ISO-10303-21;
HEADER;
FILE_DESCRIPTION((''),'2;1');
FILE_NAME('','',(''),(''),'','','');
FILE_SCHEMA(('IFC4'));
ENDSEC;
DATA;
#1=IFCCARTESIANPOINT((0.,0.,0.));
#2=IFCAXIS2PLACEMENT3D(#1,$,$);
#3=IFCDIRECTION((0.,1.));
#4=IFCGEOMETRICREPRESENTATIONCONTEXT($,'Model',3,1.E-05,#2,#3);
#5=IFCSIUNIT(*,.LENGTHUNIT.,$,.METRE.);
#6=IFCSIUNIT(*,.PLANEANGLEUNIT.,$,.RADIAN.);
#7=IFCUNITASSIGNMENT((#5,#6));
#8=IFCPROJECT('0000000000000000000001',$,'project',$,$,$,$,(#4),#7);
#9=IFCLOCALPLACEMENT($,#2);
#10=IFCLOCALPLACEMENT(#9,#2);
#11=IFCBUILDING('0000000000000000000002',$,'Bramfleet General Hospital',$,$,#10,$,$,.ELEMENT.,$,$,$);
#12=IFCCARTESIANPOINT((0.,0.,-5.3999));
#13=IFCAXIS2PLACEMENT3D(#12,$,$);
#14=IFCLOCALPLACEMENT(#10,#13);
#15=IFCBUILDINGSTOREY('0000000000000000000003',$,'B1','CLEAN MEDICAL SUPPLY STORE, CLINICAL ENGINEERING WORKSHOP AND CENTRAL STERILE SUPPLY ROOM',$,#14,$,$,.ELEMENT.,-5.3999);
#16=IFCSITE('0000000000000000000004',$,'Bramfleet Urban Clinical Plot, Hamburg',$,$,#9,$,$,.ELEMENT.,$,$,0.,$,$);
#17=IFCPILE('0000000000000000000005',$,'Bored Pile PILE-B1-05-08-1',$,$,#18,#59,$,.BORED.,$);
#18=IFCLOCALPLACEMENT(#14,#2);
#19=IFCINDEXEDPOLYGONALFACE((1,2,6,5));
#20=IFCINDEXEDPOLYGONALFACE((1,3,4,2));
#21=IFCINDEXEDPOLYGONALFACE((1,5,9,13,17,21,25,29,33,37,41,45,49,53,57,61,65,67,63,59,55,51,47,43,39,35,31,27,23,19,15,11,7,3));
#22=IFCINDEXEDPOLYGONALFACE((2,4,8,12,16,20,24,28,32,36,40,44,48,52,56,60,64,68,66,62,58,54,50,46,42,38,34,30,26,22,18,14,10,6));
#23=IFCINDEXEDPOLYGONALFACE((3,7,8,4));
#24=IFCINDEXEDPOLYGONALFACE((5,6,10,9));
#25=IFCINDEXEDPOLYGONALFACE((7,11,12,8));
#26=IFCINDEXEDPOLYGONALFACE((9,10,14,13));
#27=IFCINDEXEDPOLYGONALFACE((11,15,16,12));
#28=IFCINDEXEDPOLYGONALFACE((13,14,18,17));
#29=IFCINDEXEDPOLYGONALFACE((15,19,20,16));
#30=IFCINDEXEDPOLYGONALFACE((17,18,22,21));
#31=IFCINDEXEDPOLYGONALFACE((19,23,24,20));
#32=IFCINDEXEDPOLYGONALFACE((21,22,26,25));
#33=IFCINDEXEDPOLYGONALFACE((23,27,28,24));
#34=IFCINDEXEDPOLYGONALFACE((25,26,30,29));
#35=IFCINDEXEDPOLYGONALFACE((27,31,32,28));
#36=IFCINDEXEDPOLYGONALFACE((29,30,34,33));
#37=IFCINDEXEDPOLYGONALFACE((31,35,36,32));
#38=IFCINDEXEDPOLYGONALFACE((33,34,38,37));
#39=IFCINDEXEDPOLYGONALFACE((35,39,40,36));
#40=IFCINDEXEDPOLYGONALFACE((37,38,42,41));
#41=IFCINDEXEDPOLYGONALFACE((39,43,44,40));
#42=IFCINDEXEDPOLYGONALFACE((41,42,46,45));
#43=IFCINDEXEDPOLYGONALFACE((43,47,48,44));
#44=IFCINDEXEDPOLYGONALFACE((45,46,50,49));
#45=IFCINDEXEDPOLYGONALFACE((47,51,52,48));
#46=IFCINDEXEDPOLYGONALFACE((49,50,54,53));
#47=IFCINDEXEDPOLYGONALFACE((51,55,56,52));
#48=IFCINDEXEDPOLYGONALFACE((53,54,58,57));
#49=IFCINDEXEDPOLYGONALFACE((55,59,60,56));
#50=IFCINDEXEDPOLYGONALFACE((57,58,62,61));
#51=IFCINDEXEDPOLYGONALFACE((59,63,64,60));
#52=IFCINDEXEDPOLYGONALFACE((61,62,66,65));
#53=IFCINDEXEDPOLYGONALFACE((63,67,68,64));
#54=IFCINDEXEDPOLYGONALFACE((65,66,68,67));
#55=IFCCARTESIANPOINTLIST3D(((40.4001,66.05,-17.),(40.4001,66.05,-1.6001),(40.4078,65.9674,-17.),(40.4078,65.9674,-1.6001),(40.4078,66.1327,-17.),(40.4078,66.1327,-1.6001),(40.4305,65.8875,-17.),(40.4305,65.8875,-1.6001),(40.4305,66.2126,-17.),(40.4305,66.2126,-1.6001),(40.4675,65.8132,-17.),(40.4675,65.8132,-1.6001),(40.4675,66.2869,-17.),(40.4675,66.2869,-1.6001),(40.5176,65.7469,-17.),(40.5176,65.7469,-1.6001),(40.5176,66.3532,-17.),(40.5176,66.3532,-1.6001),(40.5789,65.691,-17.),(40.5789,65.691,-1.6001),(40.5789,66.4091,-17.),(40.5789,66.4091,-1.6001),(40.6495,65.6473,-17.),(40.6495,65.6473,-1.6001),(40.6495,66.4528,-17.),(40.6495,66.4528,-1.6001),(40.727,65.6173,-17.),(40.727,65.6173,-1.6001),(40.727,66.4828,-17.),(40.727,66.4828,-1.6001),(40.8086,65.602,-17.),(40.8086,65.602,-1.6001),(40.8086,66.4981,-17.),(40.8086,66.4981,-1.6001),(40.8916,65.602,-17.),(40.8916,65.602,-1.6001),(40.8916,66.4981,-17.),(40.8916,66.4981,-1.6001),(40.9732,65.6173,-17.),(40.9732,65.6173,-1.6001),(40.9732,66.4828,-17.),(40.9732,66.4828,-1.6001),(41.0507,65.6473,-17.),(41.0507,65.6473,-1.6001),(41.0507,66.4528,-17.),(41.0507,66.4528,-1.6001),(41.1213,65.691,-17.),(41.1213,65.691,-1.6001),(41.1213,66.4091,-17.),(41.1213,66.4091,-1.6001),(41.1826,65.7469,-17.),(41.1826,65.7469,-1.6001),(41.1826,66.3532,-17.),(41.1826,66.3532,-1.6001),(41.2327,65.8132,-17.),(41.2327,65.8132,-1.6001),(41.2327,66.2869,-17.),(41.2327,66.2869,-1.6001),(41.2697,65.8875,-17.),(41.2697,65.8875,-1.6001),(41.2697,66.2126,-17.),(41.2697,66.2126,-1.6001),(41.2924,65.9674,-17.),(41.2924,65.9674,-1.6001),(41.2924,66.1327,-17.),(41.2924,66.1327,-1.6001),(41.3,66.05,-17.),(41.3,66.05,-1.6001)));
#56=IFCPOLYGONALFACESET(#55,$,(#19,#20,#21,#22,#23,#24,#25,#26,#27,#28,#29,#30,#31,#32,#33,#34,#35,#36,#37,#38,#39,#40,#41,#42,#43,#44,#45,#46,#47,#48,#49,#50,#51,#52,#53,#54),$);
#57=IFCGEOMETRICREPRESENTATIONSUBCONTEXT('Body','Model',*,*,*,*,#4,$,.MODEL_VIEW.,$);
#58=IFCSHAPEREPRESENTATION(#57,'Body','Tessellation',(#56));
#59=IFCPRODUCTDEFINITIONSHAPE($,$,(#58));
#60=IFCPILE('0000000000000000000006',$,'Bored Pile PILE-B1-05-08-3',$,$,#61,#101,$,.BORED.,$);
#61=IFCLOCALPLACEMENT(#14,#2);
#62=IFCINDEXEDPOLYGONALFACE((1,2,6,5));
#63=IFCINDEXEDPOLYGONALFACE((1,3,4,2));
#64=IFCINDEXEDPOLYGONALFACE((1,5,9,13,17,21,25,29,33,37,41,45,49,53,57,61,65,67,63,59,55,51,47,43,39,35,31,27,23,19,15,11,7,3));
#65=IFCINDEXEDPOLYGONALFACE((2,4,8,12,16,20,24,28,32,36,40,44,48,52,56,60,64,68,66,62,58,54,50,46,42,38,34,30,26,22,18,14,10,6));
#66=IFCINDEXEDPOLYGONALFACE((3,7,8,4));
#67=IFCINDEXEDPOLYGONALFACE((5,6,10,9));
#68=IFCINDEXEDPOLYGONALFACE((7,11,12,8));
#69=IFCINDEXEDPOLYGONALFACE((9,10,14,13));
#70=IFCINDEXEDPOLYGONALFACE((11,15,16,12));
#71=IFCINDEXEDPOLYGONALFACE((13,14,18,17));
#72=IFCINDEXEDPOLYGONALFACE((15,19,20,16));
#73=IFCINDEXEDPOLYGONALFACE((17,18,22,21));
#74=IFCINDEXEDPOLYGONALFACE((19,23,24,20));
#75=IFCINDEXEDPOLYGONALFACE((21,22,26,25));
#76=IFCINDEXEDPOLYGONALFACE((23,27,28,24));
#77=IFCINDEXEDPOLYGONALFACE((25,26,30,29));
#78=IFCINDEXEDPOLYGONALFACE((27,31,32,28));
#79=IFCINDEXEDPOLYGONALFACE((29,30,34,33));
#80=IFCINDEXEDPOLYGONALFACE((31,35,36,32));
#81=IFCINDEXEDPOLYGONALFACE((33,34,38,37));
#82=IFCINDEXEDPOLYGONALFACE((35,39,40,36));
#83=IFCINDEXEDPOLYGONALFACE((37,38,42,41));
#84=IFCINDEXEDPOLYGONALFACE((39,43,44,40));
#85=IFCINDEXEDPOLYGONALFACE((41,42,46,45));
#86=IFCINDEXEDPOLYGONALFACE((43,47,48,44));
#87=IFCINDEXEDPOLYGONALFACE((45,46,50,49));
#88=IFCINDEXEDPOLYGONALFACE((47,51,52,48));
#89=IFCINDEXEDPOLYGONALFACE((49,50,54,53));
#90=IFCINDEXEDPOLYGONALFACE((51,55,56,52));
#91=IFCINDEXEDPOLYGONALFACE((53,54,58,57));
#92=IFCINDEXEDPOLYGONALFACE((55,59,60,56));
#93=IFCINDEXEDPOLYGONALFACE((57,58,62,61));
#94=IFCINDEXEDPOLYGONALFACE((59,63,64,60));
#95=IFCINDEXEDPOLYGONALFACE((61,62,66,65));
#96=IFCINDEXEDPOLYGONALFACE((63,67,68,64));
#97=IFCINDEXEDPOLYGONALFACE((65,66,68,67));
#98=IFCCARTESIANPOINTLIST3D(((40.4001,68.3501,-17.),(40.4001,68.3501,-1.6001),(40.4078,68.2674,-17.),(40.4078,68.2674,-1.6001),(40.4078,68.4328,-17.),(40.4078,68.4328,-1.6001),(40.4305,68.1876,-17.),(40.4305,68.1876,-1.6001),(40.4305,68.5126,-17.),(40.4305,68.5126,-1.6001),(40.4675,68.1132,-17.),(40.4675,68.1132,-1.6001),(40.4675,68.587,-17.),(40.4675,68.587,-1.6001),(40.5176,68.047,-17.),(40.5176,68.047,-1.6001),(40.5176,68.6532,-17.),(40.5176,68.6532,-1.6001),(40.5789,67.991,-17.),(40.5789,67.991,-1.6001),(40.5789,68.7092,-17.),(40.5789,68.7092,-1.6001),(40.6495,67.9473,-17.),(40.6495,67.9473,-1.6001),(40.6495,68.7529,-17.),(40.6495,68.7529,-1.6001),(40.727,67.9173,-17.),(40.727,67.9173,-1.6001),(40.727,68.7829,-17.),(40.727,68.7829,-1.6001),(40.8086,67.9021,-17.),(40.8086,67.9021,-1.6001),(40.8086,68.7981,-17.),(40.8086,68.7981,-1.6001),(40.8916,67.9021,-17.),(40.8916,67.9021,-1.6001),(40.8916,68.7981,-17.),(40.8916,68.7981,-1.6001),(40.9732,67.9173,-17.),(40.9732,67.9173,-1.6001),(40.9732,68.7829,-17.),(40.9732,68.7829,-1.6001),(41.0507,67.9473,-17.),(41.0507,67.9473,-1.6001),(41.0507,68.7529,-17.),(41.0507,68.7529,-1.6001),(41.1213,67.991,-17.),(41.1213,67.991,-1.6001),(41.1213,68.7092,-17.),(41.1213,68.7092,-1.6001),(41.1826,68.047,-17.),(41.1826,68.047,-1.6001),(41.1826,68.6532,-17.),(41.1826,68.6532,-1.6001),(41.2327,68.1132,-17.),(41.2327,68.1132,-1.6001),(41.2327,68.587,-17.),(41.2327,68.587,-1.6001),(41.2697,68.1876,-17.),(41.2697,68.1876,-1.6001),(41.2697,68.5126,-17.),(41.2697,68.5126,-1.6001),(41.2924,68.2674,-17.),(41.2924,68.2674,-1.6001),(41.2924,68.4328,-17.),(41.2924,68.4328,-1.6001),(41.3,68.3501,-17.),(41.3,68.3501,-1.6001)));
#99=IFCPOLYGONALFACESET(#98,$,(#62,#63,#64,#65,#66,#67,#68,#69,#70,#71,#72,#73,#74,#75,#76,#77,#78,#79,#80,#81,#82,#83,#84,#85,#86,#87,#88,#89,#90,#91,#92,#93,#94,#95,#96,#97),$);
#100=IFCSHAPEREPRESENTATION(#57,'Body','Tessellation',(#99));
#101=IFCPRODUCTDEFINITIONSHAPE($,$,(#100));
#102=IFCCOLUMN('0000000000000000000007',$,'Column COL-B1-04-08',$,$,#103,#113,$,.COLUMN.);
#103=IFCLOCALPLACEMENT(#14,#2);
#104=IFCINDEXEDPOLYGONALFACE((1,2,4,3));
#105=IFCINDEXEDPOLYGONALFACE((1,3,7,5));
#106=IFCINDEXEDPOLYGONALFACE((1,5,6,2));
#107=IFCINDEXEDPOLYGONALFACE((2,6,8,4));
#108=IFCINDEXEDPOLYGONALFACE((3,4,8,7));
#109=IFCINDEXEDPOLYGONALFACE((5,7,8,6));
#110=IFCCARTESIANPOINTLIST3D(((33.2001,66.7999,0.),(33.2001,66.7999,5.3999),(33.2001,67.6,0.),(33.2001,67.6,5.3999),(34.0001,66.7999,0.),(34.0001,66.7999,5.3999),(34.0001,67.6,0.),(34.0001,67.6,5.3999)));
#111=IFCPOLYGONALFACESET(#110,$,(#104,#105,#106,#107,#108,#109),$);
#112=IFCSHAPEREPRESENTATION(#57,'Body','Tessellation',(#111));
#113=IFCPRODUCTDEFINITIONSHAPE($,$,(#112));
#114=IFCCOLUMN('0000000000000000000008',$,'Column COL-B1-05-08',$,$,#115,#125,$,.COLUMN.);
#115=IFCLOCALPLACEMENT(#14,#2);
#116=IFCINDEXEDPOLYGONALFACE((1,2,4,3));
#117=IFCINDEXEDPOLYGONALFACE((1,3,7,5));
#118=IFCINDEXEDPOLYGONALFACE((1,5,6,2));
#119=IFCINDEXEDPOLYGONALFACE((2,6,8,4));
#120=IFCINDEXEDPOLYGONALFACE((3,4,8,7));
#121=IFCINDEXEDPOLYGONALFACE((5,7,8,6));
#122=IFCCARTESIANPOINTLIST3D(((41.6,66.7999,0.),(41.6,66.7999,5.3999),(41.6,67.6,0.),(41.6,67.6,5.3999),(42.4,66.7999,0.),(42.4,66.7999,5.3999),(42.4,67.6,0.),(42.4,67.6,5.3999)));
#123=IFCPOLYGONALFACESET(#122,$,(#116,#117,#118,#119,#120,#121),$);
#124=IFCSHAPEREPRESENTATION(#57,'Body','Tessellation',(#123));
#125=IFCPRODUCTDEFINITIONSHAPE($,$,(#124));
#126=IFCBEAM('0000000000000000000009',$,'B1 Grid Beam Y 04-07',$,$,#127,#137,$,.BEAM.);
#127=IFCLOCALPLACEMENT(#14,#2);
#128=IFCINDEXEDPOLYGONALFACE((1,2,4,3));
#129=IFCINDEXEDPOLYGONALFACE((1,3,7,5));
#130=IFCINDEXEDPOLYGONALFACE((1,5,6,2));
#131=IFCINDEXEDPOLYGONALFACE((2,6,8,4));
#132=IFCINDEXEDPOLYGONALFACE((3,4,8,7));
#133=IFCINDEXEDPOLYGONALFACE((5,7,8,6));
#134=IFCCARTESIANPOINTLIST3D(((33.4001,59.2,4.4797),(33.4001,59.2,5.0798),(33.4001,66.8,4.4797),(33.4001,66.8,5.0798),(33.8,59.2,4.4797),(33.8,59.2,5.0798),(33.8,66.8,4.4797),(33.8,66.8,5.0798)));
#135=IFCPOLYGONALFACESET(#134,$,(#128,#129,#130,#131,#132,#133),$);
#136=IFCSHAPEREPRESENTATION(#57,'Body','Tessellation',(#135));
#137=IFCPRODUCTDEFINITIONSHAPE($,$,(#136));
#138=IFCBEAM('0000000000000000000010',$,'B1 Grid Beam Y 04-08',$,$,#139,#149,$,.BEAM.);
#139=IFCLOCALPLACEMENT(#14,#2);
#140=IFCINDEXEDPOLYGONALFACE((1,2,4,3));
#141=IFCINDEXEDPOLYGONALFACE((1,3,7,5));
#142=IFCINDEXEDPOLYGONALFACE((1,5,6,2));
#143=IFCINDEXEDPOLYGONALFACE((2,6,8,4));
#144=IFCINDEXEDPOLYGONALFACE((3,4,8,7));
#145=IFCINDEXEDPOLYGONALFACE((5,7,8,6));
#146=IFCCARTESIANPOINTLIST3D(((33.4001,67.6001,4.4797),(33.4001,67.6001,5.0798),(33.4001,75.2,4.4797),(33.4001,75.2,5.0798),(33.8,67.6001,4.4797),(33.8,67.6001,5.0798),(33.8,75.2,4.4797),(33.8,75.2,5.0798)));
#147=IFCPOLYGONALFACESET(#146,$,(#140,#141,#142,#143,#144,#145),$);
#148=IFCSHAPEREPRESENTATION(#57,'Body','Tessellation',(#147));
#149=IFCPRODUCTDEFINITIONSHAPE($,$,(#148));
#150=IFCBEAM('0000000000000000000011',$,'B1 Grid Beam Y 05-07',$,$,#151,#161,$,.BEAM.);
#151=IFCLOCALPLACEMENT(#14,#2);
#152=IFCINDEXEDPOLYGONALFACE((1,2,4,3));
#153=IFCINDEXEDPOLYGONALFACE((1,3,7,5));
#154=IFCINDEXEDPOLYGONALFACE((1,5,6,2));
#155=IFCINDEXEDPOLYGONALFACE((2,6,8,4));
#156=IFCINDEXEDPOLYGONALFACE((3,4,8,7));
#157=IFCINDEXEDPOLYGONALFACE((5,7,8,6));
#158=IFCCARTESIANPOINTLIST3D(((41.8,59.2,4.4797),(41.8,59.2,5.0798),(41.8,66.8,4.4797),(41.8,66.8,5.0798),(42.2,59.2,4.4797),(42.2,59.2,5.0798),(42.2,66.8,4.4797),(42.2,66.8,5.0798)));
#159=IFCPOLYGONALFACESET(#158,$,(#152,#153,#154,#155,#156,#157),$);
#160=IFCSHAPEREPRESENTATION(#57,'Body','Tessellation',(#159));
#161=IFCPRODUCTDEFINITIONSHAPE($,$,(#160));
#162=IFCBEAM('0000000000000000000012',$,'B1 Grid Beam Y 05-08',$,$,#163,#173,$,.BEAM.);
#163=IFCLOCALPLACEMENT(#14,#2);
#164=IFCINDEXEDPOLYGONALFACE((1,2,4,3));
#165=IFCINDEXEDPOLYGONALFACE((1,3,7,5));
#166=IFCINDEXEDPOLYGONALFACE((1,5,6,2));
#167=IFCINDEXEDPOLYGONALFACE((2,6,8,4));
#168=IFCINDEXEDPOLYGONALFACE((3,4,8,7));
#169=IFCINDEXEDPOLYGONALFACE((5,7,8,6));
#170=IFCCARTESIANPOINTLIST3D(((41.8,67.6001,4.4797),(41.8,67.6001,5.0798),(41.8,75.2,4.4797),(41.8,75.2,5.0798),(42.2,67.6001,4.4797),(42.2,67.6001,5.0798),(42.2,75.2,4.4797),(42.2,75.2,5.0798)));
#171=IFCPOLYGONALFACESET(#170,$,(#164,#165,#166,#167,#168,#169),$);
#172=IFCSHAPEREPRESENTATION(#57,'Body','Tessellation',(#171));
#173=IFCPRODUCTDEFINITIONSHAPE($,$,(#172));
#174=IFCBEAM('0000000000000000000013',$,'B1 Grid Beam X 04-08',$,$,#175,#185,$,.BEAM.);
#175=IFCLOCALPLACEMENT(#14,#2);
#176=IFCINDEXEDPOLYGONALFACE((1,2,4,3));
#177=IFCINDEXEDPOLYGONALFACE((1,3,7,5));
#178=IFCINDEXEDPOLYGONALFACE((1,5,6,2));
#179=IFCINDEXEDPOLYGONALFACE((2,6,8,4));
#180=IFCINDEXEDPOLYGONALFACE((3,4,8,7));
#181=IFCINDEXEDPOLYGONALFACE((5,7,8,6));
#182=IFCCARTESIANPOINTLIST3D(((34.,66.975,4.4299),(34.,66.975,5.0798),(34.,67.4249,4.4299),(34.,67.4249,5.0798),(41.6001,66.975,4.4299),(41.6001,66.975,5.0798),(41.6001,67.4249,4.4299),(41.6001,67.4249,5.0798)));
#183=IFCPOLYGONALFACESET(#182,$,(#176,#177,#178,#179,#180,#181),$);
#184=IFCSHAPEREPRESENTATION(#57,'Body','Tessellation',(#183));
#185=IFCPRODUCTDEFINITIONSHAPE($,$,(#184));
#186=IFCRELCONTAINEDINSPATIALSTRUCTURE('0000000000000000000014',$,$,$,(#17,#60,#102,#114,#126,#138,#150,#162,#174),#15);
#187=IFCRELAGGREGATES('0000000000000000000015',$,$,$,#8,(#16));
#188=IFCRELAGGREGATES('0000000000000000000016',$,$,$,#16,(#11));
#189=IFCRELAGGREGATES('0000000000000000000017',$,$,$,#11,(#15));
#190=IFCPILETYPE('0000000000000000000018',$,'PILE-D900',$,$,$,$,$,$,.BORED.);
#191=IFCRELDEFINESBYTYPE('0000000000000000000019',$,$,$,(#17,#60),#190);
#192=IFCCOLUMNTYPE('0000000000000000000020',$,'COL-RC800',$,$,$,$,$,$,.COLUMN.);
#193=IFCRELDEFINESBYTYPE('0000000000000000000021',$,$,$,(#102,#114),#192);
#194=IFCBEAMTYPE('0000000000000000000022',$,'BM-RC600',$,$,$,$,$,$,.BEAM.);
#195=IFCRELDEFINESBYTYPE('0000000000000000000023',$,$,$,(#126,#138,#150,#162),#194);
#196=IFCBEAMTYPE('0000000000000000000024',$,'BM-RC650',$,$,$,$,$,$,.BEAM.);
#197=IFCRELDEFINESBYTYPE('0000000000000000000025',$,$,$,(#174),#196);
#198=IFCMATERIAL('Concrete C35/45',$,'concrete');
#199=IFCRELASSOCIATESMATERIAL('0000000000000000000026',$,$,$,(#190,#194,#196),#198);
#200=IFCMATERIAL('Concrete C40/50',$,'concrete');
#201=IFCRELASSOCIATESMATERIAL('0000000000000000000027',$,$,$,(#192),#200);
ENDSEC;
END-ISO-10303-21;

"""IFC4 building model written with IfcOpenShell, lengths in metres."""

from ifc_helpers import new_model, si_unit, direction, frame, origin, origin_2d, place, context, subcontext, project, spatial, rectangle, circle, extrude, material, material_profile, profile_set, type_object, element, save


model = new_model("IFC4")

# Units and contexts
model_context = context("Model", 3, precision=1e-05, world=origin(), true_north=direction((0.0, 1.0)))
body_context = subcontext(model_context, "Body", "Model", "MODEL_VIEW")
ifc_project = project(units=[si_unit("LENGTHUNIT", "METRE"), si_unit("PLANEANGLEUNIT", "RADIAN")], contexts=[model_context])

# Site, building, storey
site_placement = place(None, origin())
site = spatial("IfcSite", under=ifc_project, at=site_placement, Name="Bramfleet Urban Clinical Plot, Hamburg", CompositionType="ELEMENT", RefElevation=0.0)
building_placement = place(site_placement, origin())
building = spatial("IfcBuilding", under=site, at=building_placement, Name="Bramfleet General Hospital", CompositionType="ELEMENT")
storey_placement = place(building_placement, frame((0.0, 0.0, -5.3999)))
storey = spatial("IfcBuildingStorey", under=building, at=storey_placement, Name="B1", Description="CLEAN MEDICAL SUPPLY STORE, CLINICAL ENGINEERING WORKSHOP AND CENTRAL STERILE SUPPLY ROOM", CompositionType="ELEMENT", Elevation=-5.3999)

# Shared definitions
ifc_material_1 = material(Name="Concrete C35/45", Category="concrete")

# Piles
ifc_material_profile_1 = material_profile(ifc_material_1, circle(Radius=0.45, at=origin_2d()), Name="PILE BORED D900")
ifc_profile_set_1 = profile_set([ifc_material_profile_1], Name="Concrete C35/45")
pile_type = type_object("IfcPileType", Name="PILE-D900", PredefinedType="BORED", material=ifc_profile_set_1)
for number, where, z_axis, x_axis, name in (
    (1, (40.8501, 66.05, -1.6001), (0.0, 0.0, -1.0), (1.0, 0.0, 0.0), "Bored Pile PILE-B1-05-08-1"),
    (2, (40.8501, 68.3501, -1.6001), (0.0, 0.0, -1.0), (1.0, 0.0, 0.0), "Bored Pile PILE-B1-05-08-3"),
):
    element("IfcPile", number, at=place(storey_placement, frame(where, z_axis=z_axis, x_axis=x_axis)), inside=storey, type_object=pile_type, Name=name, PredefinedType="BORED", context=body_context, shape_type="SweptSolid", body=[
        extrude(circle(Radius=0.45, at=origin_2d()), origin(), (0.0, 0.0, 1.0), 15.3999),
    ])

# Columns
ifc_material_2 = material(Name="Concrete C40/50", Category="concrete")
ifc_material_profile_2 = material_profile(ifc_material_2, rectangle(XDim=0.8, YDim=0.8, at=origin_2d()), Name="RC COL 800x800")
ifc_profile_set_2 = profile_set([ifc_material_profile_2], Name="Concrete C40/50")
column_type = type_object("IfcColumnType", Name="COL-RC800", PredefinedType="COLUMN", material=ifc_profile_set_2)
for number, where, z_axis, x_axis, name in (
    (3, (33.6001, 67.2, 0.0), (0.0, 0.0, 1.0), (1.0, 0.0, 0.0), "Column COL-B1-04-08"),
    (4, (42.0, 67.2, 0.0), (0.0, 0.0, 1.0), (1.0, 0.0, 0.0), "Column COL-B1-05-08"),
):
    element("IfcColumn", number, at=place(storey_placement, frame(where, z_axis=z_axis, x_axis=x_axis)), inside=storey, type_object=column_type, Name=name, PredefinedType="COLUMN", context=body_context, shape_type="SweptSolid", body=[
        extrude(rectangle(XDim=0.8, YDim=0.8, at=origin_2d()), origin(), (0.0, 0.0, 1.0), 5.3999),
    ])

# Beams
ifc_material_profile_3 = material_profile(ifc_material_1, rectangle(XDim=0.3999, YDim=0.6001, at=origin_2d()), Name="RC BM 600x400")
ifc_profile_set_3 = profile_set([ifc_material_profile_3], Name="Concrete C35/45")
beam_type_1 = type_object("IfcBeamType", Name="BM-RC600", PredefinedType="BEAM", material=ifc_profile_set_3)
beam_1_placement = place(storey_placement, frame((33.6001, 59.2, 4.7798), z_axis=(0.0, 1.0, 0.0), x_axis=(-1.0, 0.0, 0.0)))
element("IfcBeam", 5, at=beam_1_placement, inside=storey, type_object=beam_type_1, Name="B1 Grid Beam Y 04-07", PredefinedType="BEAM", context=body_context, shape_type="SweptSolid", body=[
    extrude(rectangle(XDim=0.3999, YDim=0.6001, at=origin_2d()), origin(), (0.0, 0.0, 1.0), 7.6001),
])
beam_2_placement = place(storey_placement, frame((33.6001, 67.6001, 4.7798), z_axis=(0.0, 1.0, 0.0), x_axis=(-1.0, 0.0, 0.0)))
element("IfcBeam", 6, at=beam_2_placement, inside=storey, type_object=beam_type_1, Name="B1 Grid Beam Y 04-08", PredefinedType="BEAM", context=body_context, shape_type="SweptSolid", body=[
    extrude(rectangle(XDim=0.3999, YDim=0.6001, at=origin_2d()), origin(), (0.0, 0.0, 1.0), 7.5999),
])
beam_3_placement = place(storey_placement, frame((42.0, 59.2, 4.7798), z_axis=(0.0, 1.0, 0.0), x_axis=(-1.0, 0.0, 0.0)))
element("IfcBeam", 7, at=beam_3_placement, inside=storey, type_object=beam_type_1, Name="B1 Grid Beam Y 05-07", PredefinedType="BEAM", context=body_context, shape_type="SweptSolid", body=[
    extrude(rectangle(XDim=0.3999, YDim=0.6001, at=origin_2d()), origin(), (0.0, 0.0, 1.0), 7.6001),
])
beam_4_placement = place(storey_placement, frame((42.0, 67.6001, 4.7798), z_axis=(0.0, 1.0, 0.0), x_axis=(-1.0, 0.0, 0.0)))
element("IfcBeam", 8, at=beam_4_placement, inside=storey, type_object=beam_type_1, Name="B1 Grid Beam Y 05-08", PredefinedType="BEAM", context=body_context, shape_type="SweptSolid", body=[
    extrude(rectangle(XDim=0.3999, YDim=0.6001, at=origin_2d()), origin(), (0.0, 0.0, 1.0), 7.5999),
])
ifc_material_profile_4 = material_profile(ifc_material_1, rectangle(XDim=0.45, YDim=0.6499, at=origin_2d()), Name="RC BM 650x450")
ifc_profile_set_4 = profile_set([ifc_material_profile_4], Name="Concrete C35/45")
beam_type_2 = type_object("IfcBeamType", Name="BM-RC650", PredefinedType="BEAM", material=ifc_profile_set_4)
beam_5_placement = place(storey_placement, frame((34.0, 67.2, 4.7549), z_axis=(1.0, 0.0, 0.0), x_axis=(0.0, 1.0, 0.0)))
element("IfcBeam", 9, at=beam_5_placement, inside=storey, type_object=beam_type_2, Name="B1 Grid Beam X 04-08", PredefinedType="BEAM", context=body_context, shape_type="SweptSolid", body=[
    extrude(rectangle(XDim=0.45, YDim=0.6499, at=origin_2d()), origin(), (0.0, 0.0, 1.0), 7.6001),
])

save(model, "model.ifc")
